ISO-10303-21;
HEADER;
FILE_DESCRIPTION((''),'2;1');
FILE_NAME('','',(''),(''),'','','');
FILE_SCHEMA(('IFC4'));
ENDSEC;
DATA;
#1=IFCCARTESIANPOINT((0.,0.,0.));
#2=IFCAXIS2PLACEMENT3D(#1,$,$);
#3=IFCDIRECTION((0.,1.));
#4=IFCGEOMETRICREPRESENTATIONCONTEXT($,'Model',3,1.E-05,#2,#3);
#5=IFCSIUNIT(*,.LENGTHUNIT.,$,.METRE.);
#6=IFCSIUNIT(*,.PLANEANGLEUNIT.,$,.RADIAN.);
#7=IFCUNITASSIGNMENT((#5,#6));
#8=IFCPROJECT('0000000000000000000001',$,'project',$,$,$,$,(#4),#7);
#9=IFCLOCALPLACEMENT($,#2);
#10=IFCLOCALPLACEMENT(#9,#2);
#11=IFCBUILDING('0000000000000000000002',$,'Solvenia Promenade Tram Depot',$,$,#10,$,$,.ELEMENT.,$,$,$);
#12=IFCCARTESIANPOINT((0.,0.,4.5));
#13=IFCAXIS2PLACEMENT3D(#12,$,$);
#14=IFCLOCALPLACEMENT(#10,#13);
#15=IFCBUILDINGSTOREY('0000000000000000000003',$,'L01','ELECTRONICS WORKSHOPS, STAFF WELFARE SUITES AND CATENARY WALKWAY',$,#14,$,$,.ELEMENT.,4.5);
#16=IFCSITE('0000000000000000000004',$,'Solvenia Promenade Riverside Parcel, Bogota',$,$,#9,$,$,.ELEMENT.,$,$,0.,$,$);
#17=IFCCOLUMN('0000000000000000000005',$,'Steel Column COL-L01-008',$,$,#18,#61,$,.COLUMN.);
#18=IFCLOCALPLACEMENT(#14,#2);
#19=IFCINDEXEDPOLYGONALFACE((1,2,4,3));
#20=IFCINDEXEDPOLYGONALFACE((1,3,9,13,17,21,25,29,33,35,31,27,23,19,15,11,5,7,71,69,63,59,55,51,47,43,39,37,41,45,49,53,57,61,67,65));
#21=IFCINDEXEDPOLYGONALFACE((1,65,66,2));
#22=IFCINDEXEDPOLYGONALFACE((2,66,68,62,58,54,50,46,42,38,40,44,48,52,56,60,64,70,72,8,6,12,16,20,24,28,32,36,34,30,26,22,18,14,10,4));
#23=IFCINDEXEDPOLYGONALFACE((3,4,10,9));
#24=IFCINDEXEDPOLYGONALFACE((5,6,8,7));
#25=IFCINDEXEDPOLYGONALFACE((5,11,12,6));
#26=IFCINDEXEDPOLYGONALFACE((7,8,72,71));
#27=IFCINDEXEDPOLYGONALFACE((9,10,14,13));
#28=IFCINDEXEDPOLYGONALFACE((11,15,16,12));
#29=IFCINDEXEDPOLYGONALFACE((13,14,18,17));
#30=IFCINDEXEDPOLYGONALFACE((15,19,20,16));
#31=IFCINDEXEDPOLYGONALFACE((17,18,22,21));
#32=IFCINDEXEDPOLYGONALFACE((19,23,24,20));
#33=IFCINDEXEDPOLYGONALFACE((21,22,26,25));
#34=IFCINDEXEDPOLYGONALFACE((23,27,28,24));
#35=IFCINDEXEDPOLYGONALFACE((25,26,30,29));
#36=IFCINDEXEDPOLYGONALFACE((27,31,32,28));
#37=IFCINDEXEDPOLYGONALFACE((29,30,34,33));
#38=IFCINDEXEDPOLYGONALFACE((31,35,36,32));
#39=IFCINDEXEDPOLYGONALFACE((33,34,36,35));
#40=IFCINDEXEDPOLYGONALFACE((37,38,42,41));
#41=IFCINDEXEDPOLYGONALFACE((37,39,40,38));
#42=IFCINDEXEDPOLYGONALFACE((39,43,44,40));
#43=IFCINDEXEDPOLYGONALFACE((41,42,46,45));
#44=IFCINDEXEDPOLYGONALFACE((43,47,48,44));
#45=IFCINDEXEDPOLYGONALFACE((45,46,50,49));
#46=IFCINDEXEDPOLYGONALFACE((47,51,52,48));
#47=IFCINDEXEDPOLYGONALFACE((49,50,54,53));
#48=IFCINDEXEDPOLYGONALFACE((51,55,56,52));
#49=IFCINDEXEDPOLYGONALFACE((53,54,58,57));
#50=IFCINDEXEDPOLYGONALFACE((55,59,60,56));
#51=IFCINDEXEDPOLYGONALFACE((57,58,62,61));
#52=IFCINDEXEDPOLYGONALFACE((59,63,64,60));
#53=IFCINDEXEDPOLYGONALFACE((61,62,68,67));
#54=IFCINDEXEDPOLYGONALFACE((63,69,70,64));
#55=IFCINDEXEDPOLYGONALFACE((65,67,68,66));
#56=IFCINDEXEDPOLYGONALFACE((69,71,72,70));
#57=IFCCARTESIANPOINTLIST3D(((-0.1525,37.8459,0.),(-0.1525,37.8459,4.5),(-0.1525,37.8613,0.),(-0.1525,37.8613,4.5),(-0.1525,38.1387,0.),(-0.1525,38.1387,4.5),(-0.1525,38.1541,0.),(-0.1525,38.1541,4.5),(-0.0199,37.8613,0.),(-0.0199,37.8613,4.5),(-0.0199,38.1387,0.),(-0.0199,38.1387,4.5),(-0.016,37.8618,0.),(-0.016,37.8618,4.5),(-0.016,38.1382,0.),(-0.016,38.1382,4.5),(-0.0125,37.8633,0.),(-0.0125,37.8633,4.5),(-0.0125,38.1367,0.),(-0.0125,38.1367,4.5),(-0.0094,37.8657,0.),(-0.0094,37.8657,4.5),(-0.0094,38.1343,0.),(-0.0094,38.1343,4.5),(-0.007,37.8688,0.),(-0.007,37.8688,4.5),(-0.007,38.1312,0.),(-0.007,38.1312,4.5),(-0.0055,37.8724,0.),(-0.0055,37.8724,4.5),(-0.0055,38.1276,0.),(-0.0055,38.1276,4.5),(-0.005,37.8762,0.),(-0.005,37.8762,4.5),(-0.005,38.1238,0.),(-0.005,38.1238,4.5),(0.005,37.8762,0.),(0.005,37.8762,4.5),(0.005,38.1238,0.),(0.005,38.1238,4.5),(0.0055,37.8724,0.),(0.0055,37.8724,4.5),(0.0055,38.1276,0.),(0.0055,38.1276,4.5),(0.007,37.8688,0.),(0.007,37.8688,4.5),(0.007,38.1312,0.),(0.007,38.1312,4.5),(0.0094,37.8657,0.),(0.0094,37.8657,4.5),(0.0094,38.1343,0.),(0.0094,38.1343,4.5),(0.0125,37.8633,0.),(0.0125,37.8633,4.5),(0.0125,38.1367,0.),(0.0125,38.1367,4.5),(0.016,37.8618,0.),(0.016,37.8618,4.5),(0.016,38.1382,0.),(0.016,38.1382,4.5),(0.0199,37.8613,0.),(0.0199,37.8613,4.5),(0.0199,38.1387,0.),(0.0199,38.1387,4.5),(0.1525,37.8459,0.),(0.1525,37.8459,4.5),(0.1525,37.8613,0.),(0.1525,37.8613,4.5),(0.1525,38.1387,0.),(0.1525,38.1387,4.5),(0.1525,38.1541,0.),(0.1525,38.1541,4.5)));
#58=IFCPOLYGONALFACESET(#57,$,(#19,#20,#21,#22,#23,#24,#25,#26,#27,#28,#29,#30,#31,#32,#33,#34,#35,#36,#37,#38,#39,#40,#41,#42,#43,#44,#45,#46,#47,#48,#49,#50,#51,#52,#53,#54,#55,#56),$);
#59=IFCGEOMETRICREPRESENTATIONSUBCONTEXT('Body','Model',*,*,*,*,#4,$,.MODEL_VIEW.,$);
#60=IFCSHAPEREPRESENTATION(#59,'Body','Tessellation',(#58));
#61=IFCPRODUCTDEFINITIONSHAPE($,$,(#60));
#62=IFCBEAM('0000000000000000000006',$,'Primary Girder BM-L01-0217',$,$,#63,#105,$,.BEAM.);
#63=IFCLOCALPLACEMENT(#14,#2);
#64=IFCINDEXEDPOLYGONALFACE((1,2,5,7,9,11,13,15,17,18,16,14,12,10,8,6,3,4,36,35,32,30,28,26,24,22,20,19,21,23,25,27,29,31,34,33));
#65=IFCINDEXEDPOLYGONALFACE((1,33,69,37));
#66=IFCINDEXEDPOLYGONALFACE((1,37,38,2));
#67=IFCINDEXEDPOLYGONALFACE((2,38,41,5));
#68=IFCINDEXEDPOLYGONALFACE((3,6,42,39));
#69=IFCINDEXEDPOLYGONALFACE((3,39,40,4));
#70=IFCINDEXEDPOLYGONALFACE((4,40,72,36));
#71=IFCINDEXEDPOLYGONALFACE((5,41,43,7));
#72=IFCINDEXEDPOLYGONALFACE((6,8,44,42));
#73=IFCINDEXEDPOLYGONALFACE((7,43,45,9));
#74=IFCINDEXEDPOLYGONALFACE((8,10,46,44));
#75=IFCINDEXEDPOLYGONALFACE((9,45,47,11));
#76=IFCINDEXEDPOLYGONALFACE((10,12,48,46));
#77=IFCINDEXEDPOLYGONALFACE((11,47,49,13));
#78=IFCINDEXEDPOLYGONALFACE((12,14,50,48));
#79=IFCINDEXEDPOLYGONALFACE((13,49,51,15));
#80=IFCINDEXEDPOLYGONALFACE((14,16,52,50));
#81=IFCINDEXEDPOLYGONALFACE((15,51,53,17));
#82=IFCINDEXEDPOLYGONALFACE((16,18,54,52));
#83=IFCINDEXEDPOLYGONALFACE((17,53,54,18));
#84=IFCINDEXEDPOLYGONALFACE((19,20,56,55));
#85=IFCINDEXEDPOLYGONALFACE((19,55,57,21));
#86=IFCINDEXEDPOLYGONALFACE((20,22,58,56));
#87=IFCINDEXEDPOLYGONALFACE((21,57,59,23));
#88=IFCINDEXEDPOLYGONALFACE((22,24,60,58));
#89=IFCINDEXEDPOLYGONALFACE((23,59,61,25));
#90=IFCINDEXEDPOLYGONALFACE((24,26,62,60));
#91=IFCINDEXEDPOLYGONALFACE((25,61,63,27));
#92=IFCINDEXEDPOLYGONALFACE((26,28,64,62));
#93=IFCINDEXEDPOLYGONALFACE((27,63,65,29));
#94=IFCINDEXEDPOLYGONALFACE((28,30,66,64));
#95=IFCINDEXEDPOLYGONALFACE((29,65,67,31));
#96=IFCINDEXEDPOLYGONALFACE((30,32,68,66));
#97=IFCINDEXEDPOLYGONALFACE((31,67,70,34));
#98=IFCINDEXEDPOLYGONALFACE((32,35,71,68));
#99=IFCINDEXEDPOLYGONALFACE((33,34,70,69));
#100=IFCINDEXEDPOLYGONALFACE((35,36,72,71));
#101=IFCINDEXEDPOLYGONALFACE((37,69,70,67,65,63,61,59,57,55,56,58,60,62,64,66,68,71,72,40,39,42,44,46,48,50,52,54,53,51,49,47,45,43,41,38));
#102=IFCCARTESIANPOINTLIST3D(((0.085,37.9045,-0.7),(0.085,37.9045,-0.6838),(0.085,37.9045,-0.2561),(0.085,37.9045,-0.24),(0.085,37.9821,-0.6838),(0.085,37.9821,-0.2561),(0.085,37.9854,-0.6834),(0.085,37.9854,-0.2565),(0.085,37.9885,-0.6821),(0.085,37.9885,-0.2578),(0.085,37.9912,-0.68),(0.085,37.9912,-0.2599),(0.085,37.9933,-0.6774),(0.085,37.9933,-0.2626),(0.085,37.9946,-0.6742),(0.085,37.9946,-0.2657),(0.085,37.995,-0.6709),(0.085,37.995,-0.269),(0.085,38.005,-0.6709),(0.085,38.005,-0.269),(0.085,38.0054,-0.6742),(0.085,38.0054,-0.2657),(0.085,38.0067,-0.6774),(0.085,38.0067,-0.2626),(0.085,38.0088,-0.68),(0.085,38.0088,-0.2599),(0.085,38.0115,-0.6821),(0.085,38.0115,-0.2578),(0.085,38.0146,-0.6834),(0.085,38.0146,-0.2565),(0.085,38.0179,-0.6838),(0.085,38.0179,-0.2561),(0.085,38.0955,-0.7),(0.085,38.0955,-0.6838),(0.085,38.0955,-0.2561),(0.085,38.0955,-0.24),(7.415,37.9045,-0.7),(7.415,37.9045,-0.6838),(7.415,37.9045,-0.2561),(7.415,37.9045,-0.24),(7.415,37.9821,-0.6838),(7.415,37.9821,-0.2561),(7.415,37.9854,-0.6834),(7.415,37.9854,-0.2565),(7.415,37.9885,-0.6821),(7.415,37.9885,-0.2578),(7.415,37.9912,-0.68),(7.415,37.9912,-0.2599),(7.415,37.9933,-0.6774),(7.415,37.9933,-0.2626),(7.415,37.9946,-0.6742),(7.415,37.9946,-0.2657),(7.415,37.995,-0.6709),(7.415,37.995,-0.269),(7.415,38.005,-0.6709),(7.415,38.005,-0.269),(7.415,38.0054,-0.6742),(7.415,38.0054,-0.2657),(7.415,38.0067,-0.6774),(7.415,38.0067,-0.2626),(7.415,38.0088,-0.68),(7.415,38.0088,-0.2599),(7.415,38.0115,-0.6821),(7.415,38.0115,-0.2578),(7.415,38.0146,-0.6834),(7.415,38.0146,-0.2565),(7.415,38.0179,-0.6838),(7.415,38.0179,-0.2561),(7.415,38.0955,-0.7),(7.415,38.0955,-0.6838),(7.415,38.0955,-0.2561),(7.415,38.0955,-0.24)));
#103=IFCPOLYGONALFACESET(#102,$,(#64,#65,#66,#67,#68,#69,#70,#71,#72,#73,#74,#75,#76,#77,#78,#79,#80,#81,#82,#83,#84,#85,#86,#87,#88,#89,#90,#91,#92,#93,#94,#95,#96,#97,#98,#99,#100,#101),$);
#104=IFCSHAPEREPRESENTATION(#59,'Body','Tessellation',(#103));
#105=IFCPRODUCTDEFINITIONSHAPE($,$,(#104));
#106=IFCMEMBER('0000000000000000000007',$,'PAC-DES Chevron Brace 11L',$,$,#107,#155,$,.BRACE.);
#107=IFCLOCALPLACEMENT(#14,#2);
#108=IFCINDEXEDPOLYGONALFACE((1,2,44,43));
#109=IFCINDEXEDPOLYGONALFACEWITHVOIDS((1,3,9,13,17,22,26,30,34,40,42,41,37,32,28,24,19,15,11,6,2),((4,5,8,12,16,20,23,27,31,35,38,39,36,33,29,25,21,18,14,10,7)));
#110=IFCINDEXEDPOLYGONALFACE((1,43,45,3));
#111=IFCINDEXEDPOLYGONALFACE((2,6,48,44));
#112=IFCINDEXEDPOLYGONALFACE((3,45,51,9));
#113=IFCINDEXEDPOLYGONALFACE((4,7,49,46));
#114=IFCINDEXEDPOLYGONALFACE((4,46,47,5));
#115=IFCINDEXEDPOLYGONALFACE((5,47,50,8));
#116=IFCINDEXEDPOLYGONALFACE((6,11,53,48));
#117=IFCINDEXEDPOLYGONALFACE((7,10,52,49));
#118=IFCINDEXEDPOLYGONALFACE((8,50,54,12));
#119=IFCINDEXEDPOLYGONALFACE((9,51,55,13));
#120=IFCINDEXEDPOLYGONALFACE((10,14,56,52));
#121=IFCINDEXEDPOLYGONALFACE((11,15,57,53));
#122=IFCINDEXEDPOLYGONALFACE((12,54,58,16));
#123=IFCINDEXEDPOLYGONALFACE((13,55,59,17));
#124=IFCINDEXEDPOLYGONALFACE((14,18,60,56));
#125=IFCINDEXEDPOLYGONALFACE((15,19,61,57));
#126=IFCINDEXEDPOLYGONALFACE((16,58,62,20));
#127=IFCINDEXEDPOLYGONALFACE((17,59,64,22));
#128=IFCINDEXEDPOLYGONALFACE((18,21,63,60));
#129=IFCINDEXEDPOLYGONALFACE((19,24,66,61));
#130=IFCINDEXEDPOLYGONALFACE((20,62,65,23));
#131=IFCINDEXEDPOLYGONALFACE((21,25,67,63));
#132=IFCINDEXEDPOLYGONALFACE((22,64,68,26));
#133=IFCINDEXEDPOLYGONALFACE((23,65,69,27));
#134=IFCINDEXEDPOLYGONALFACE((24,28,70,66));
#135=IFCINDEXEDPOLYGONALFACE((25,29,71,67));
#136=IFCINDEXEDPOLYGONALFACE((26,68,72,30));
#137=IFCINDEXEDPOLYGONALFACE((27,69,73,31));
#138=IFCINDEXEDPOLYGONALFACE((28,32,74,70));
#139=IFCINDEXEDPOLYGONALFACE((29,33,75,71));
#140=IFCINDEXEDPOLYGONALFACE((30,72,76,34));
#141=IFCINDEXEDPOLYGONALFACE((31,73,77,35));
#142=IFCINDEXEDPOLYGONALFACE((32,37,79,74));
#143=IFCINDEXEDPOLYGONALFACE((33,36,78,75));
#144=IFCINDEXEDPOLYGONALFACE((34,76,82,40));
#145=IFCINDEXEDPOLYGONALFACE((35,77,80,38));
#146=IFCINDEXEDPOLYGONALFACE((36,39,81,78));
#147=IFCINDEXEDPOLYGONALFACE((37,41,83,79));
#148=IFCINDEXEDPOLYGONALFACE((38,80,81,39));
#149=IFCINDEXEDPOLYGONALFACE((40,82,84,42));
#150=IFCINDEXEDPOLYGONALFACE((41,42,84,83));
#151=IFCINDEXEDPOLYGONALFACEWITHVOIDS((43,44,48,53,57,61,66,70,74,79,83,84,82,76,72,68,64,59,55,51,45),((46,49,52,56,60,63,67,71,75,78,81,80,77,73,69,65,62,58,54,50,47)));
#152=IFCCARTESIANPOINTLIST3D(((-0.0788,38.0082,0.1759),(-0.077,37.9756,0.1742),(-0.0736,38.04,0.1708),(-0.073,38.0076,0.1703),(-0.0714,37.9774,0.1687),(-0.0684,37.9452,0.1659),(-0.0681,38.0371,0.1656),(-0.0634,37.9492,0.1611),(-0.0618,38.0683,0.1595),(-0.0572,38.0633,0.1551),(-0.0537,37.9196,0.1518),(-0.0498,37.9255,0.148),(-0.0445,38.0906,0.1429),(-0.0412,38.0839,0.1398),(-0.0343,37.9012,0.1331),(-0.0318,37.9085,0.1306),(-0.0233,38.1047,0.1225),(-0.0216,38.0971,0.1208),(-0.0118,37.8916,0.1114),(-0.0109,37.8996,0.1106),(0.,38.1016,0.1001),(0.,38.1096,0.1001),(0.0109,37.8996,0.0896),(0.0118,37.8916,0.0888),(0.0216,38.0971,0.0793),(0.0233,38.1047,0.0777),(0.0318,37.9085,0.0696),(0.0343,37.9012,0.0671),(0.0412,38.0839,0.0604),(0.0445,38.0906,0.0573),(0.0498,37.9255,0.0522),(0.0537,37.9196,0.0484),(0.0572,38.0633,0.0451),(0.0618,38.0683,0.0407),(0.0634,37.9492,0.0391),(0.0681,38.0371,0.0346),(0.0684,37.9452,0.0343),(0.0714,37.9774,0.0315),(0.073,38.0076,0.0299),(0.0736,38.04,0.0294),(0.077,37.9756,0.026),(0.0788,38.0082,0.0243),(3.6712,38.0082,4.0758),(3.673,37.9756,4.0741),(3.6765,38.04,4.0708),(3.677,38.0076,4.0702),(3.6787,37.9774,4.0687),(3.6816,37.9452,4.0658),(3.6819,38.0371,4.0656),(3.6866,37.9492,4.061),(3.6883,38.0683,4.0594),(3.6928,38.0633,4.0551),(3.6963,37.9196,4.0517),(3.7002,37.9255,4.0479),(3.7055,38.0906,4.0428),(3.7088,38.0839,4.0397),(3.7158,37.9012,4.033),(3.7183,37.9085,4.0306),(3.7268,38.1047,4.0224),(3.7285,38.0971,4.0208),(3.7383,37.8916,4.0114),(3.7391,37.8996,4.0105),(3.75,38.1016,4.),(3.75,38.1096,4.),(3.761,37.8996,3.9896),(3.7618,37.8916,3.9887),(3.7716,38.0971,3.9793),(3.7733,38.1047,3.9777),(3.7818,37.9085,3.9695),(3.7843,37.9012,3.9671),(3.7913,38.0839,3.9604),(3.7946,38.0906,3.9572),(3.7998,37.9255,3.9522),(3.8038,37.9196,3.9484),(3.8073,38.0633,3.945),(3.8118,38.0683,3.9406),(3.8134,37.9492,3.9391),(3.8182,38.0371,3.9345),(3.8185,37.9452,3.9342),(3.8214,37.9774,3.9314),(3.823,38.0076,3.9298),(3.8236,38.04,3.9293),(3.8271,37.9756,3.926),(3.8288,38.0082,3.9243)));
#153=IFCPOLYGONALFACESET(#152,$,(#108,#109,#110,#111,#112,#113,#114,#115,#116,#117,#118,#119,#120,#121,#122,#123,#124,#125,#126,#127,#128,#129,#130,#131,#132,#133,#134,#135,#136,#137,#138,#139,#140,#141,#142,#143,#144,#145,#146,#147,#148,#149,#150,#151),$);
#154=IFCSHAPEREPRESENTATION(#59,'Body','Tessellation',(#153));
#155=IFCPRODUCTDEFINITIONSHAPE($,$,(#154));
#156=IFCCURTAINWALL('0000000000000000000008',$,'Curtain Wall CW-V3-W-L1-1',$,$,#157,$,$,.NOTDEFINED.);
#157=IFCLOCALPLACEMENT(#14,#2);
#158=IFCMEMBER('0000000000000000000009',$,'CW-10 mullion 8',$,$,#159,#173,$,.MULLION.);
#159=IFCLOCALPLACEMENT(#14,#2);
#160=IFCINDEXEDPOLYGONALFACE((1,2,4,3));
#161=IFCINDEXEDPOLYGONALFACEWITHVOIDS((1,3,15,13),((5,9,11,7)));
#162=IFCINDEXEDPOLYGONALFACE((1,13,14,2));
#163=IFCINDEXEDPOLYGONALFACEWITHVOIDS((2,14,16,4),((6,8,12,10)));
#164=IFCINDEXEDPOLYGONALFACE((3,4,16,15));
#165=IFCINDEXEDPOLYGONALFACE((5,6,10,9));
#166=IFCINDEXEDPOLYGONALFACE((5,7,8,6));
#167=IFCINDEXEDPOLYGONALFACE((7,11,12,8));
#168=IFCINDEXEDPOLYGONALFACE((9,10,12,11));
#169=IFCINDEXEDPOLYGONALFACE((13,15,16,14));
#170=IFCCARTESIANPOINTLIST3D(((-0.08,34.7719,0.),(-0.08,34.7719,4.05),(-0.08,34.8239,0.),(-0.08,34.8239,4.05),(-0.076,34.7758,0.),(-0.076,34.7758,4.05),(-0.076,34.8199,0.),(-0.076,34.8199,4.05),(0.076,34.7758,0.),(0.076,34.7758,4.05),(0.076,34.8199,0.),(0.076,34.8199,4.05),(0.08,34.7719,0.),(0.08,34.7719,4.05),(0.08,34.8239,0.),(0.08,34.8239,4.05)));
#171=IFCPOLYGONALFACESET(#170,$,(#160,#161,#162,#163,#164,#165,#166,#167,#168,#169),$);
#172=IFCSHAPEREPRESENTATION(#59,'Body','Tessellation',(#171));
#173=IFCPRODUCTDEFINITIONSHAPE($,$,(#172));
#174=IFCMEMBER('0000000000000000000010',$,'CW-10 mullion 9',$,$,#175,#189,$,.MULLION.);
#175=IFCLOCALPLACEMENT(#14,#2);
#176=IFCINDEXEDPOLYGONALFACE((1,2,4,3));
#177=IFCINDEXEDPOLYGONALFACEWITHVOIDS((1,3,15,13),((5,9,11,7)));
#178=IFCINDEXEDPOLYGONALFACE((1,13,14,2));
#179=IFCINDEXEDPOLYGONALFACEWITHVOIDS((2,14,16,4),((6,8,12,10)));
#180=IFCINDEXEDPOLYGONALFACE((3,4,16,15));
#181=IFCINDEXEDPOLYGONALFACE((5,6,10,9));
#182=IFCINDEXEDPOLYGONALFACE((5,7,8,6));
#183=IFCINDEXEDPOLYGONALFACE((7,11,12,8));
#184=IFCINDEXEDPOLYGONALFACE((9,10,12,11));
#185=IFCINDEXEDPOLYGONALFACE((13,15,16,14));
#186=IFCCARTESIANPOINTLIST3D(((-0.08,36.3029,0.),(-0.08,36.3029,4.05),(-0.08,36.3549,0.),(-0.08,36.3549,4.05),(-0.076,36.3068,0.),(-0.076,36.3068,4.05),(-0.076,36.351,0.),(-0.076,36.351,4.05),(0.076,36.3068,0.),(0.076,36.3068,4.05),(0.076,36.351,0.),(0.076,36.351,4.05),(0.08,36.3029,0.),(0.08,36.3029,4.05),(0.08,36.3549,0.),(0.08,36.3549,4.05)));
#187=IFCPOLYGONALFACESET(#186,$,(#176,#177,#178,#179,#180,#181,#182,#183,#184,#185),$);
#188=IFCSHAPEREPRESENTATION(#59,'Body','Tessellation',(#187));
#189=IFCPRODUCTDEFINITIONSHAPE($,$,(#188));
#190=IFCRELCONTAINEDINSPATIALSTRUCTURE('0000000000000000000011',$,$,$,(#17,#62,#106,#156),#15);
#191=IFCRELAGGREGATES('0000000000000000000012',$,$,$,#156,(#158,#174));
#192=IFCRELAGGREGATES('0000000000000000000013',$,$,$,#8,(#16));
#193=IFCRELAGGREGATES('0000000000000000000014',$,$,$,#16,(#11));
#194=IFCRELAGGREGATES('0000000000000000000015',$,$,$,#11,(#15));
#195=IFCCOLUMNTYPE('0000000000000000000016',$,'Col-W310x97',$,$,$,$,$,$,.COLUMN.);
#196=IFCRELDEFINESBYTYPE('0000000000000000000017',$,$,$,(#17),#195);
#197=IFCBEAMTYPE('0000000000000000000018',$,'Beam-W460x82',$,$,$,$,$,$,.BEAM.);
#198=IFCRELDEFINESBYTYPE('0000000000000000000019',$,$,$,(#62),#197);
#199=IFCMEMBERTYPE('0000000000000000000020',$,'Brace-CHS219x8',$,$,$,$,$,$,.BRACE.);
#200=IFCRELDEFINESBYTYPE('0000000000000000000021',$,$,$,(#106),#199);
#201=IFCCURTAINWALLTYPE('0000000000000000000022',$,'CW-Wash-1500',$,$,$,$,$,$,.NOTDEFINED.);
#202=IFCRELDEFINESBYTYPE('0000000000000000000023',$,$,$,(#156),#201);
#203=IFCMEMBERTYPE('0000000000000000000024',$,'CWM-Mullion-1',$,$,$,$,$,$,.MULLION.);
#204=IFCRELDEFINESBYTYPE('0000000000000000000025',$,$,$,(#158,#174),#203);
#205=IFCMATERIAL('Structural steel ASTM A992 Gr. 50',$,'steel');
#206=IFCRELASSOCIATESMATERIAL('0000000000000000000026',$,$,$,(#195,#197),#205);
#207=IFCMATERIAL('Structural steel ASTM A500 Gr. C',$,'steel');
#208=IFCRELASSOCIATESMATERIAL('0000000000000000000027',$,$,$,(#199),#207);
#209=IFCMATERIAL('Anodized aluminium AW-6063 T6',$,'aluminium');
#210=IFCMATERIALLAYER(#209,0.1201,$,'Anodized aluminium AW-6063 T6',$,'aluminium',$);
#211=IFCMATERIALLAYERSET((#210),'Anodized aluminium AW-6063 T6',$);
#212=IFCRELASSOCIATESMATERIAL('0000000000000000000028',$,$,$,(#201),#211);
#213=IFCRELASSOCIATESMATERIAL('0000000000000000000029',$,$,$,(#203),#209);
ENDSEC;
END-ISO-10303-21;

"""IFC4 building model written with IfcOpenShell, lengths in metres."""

from ifc_helpers import new_model, si_unit, direction, frame, origin, origin_2d, place, context, subcontext, project, spatial, hollow_rectangle, hollow_circle, i_section, extrude, material, layer, layer_set, material_profile, profile_set, type_object, element, aggregate, save


model = new_model("IFC4")

# Units and contexts
model_context = context("Model", 3, precision=1e-05, world=origin(), true_north=direction((0.0, 1.0)))
body_context = subcontext(model_context, "Body", "Model", "MODEL_VIEW")
ifc_project = project(units=[si_unit("LENGTHUNIT", "METRE"), si_unit("PLANEANGLEUNIT", "RADIAN")], contexts=[model_context])

# Site, building, storey
site_placement = place(None, origin())
site = spatial("IfcSite", under=ifc_project, at=site_placement, Name="Solvenia Promenade Riverside Parcel, Bogota", CompositionType="ELEMENT", RefElevation=0.0)
building_placement = place(site_placement, origin())
building = spatial("IfcBuilding", under=site, at=building_placement, Name="Solvenia Promenade Tram Depot", CompositionType="ELEMENT")
storey_placement = place(building_placement, frame((0.0, 0.0, 4.5)))
storey = spatial("IfcBuildingStorey", under=building, at=storey_placement, Name="L01", Description="ELECTRONICS WORKSHOPS, STAFF WELFARE SUITES AND CATENARY WALKWAY", CompositionType="ELEMENT", Elevation=4.5)

# Column
ifc_material_1 = material(Name="Structural steel ASTM A992 Gr. 50", Category="steel")
ifc_material_profile_1 = material_profile(ifc_material_1, i_section(OverallWidth=0.3049, OverallDepth=0.3081, WebThickness=0.01, FlangeThickness=0.0154, FilletRadius=0.0149, at=origin_2d()), Name="W310x97", Category="steel")
ifc_profile_set_1 = profile_set([ifc_material_profile_1], Name="Structural steel ASTM A992 Gr. 50")
column_type = type_object("IfcColumnType", Name="Col-W310x97", PredefinedType="COLUMN", material=ifc_profile_set_1)
column_placement = place(storey_placement, frame((0.0, 38.0, 0.0), z_axis=(0.0, 0.0, 1.0), x_axis=(1.0, 0.0, 0.0)))
element("IfcColumn", 1, at=column_placement, inside=storey, type_object=column_type, Name="Steel Column COL-L01-008", PredefinedType="COLUMN", context=body_context, shape_type="SweptSolid", body=[
    extrude(i_section(OverallWidth=0.3049, OverallDepth=0.3081, WebThickness=0.01, FlangeThickness=0.0154, FilletRadius=0.0149, at=origin_2d()), origin(), (0.0, 0.0, 1.0), 4.5),
])

# Beam
ifc_material_profile_2 = material_profile(ifc_material_1, i_section(OverallWidth=0.1909, OverallDepth=0.46, WebThickness=0.01, FlangeThickness=0.0161, FilletRadius=0.0129, at=origin_2d()), Name="W460x82", Category="steel")
ifc_profile_set_2 = profile_set([ifc_material_profile_2], Name="Structural steel ASTM A992 Gr. 50")
beam_type_1 = type_object("IfcBeamType", Name="Beam-W460x82", PredefinedType="BEAM", material=ifc_profile_set_2)
beam_1_placement = place(storey_placement, frame((0.085, 38.0, -0.47), z_axis=(1.0, 0.0, 0.0), x_axis=(0.0, 1.0, 0.0)))
element("IfcBeam", 2, at=beam_1_placement, inside=storey, type_object=beam_type_1, Name="Primary Girder BM-L01-0217", PredefinedType="BEAM", context=body_context, shape_type="SweptSolid", body=[
    extrude(i_section(OverallWidth=0.1909, OverallDepth=0.46, WebThickness=0.01, FlangeThickness=0.0161, FilletRadius=0.0129, at=origin_2d()), origin(), (0.0, 0.0, 1.0), 7.3301),
])

# Member
ifc_material_2 = material(Name="Structural steel ASTM A500 Gr. C", Category="steel")
ifc_material_profile_3 = material_profile(ifc_material_2, hollow_circle(Radius=0.1096, WallThickness=0.0081, at=origin_2d()), Name="CHS219.1x8", Category="steel")
ifc_profile_set_3 = profile_set([ifc_material_profile_3], Name="Structural steel ASTM A500 Gr. C")
member_type_1 = type_object("IfcMemberType", Name="Brace-CHS219x8", PredefinedType="BRACE", material=ifc_profile_set_3)
member_1_placement = place(storey_placement, frame((0.0, 38.0, 0.1001), z_axis=(0.693118, 0.0, 0.720824), x_axis=(0.0, 1.0, 0.0)))
element("IfcMember", 3, at=member_1_placement, inside=storey, type_object=member_type_1, Name="PAC-DES Chevron Brace 11L", PredefinedType="BRACE", context=body_context, shape_type="SweptSolid", body=[
    extrude(hollow_circle(Radius=0.1096, WallThickness=0.0081, at=origin_2d()), origin(), (0.0, 0.0, 1.0), 5.4104),
])

# Curtain wall, members
ifc_material_3 = material(Name="Anodized aluminium AW-6063 T6", Category="aluminium")
ifc_layer_1 = layer(ifc_material_3, 0.1201, Name="Anodized aluminium AW-6063 T6", Category="aluminium")
ifc_layer_set_1 = layer_set([ifc_layer_1], Name="Anodized aluminium AW-6063 T6")
curtain_wall_type = type_object("IfcCurtainWallType", Name="CW-Wash-1500", PredefinedType="NOTDEFINED", material=ifc_layer_set_1)
curtain_wall_1_placement = place(storey_placement, origin())
curtain_wall_1 = element("IfcCurtainWall", 4, at=curtain_wall_1_placement, inside=storey, type_object=curtain_wall_type, Name="Curtain Wall CW-V3-W-L1-1", PredefinedType="NOTDEFINED")
ifc_material_profile_4 = material_profile(ifc_material_3, hollow_rectangle(XDim=0.1599, YDim=0.052, WallThickness=0.0039, at=origin_2d()), Name="ALU-M1", Category="aluminium")
ifc_profile_set_4 = profile_set([ifc_material_profile_4], Name="Anodized aluminium AW-6063 T6")
member_type_2 = type_object("IfcMemberType", Name="CWM-Mullion-1", PredefinedType="MULLION", material=ifc_profile_set_4)
member_2_placement = place(storey_placement, frame((0.0, 34.7979, 0.0), z_axis=(0.0, 0.0, 1.0), x_axis=(-1.0, 0.0, 0.0)))
member_2 = element("IfcMember", 5, at=member_2_placement, type_object=member_type_2, Name="CW-10 mullion 8", PredefinedType="MULLION", context=body_context, shape_type="SweptSolid", body=[
    extrude(hollow_rectangle(XDim=0.1599, YDim=0.052, WallThickness=0.0039, at=origin_2d()), origin(), (0.0, 0.0, 1.0), 4.05),
])
member_3_placement = place(storey_placement, frame((0.0, 36.3289, 0.0), z_axis=(0.0, 0.0, 1.0), x_axis=(-1.0, 0.0, 0.0)))
member_3 = element("IfcMember", 6, at=member_3_placement, type_object=member_type_2, Name="CW-10 mullion 9", PredefinedType="MULLION", context=body_context, shape_type="SweptSolid", body=[
    extrude(hollow_rectangle(XDim=0.1599, YDim=0.052, WallThickness=0.0039, at=origin_2d()), origin(), (0.0, 0.0, 1.0), 4.05),
])

aggregate(curtain_wall_1, [member_2, member_3])

save(model, "model.ifc")
